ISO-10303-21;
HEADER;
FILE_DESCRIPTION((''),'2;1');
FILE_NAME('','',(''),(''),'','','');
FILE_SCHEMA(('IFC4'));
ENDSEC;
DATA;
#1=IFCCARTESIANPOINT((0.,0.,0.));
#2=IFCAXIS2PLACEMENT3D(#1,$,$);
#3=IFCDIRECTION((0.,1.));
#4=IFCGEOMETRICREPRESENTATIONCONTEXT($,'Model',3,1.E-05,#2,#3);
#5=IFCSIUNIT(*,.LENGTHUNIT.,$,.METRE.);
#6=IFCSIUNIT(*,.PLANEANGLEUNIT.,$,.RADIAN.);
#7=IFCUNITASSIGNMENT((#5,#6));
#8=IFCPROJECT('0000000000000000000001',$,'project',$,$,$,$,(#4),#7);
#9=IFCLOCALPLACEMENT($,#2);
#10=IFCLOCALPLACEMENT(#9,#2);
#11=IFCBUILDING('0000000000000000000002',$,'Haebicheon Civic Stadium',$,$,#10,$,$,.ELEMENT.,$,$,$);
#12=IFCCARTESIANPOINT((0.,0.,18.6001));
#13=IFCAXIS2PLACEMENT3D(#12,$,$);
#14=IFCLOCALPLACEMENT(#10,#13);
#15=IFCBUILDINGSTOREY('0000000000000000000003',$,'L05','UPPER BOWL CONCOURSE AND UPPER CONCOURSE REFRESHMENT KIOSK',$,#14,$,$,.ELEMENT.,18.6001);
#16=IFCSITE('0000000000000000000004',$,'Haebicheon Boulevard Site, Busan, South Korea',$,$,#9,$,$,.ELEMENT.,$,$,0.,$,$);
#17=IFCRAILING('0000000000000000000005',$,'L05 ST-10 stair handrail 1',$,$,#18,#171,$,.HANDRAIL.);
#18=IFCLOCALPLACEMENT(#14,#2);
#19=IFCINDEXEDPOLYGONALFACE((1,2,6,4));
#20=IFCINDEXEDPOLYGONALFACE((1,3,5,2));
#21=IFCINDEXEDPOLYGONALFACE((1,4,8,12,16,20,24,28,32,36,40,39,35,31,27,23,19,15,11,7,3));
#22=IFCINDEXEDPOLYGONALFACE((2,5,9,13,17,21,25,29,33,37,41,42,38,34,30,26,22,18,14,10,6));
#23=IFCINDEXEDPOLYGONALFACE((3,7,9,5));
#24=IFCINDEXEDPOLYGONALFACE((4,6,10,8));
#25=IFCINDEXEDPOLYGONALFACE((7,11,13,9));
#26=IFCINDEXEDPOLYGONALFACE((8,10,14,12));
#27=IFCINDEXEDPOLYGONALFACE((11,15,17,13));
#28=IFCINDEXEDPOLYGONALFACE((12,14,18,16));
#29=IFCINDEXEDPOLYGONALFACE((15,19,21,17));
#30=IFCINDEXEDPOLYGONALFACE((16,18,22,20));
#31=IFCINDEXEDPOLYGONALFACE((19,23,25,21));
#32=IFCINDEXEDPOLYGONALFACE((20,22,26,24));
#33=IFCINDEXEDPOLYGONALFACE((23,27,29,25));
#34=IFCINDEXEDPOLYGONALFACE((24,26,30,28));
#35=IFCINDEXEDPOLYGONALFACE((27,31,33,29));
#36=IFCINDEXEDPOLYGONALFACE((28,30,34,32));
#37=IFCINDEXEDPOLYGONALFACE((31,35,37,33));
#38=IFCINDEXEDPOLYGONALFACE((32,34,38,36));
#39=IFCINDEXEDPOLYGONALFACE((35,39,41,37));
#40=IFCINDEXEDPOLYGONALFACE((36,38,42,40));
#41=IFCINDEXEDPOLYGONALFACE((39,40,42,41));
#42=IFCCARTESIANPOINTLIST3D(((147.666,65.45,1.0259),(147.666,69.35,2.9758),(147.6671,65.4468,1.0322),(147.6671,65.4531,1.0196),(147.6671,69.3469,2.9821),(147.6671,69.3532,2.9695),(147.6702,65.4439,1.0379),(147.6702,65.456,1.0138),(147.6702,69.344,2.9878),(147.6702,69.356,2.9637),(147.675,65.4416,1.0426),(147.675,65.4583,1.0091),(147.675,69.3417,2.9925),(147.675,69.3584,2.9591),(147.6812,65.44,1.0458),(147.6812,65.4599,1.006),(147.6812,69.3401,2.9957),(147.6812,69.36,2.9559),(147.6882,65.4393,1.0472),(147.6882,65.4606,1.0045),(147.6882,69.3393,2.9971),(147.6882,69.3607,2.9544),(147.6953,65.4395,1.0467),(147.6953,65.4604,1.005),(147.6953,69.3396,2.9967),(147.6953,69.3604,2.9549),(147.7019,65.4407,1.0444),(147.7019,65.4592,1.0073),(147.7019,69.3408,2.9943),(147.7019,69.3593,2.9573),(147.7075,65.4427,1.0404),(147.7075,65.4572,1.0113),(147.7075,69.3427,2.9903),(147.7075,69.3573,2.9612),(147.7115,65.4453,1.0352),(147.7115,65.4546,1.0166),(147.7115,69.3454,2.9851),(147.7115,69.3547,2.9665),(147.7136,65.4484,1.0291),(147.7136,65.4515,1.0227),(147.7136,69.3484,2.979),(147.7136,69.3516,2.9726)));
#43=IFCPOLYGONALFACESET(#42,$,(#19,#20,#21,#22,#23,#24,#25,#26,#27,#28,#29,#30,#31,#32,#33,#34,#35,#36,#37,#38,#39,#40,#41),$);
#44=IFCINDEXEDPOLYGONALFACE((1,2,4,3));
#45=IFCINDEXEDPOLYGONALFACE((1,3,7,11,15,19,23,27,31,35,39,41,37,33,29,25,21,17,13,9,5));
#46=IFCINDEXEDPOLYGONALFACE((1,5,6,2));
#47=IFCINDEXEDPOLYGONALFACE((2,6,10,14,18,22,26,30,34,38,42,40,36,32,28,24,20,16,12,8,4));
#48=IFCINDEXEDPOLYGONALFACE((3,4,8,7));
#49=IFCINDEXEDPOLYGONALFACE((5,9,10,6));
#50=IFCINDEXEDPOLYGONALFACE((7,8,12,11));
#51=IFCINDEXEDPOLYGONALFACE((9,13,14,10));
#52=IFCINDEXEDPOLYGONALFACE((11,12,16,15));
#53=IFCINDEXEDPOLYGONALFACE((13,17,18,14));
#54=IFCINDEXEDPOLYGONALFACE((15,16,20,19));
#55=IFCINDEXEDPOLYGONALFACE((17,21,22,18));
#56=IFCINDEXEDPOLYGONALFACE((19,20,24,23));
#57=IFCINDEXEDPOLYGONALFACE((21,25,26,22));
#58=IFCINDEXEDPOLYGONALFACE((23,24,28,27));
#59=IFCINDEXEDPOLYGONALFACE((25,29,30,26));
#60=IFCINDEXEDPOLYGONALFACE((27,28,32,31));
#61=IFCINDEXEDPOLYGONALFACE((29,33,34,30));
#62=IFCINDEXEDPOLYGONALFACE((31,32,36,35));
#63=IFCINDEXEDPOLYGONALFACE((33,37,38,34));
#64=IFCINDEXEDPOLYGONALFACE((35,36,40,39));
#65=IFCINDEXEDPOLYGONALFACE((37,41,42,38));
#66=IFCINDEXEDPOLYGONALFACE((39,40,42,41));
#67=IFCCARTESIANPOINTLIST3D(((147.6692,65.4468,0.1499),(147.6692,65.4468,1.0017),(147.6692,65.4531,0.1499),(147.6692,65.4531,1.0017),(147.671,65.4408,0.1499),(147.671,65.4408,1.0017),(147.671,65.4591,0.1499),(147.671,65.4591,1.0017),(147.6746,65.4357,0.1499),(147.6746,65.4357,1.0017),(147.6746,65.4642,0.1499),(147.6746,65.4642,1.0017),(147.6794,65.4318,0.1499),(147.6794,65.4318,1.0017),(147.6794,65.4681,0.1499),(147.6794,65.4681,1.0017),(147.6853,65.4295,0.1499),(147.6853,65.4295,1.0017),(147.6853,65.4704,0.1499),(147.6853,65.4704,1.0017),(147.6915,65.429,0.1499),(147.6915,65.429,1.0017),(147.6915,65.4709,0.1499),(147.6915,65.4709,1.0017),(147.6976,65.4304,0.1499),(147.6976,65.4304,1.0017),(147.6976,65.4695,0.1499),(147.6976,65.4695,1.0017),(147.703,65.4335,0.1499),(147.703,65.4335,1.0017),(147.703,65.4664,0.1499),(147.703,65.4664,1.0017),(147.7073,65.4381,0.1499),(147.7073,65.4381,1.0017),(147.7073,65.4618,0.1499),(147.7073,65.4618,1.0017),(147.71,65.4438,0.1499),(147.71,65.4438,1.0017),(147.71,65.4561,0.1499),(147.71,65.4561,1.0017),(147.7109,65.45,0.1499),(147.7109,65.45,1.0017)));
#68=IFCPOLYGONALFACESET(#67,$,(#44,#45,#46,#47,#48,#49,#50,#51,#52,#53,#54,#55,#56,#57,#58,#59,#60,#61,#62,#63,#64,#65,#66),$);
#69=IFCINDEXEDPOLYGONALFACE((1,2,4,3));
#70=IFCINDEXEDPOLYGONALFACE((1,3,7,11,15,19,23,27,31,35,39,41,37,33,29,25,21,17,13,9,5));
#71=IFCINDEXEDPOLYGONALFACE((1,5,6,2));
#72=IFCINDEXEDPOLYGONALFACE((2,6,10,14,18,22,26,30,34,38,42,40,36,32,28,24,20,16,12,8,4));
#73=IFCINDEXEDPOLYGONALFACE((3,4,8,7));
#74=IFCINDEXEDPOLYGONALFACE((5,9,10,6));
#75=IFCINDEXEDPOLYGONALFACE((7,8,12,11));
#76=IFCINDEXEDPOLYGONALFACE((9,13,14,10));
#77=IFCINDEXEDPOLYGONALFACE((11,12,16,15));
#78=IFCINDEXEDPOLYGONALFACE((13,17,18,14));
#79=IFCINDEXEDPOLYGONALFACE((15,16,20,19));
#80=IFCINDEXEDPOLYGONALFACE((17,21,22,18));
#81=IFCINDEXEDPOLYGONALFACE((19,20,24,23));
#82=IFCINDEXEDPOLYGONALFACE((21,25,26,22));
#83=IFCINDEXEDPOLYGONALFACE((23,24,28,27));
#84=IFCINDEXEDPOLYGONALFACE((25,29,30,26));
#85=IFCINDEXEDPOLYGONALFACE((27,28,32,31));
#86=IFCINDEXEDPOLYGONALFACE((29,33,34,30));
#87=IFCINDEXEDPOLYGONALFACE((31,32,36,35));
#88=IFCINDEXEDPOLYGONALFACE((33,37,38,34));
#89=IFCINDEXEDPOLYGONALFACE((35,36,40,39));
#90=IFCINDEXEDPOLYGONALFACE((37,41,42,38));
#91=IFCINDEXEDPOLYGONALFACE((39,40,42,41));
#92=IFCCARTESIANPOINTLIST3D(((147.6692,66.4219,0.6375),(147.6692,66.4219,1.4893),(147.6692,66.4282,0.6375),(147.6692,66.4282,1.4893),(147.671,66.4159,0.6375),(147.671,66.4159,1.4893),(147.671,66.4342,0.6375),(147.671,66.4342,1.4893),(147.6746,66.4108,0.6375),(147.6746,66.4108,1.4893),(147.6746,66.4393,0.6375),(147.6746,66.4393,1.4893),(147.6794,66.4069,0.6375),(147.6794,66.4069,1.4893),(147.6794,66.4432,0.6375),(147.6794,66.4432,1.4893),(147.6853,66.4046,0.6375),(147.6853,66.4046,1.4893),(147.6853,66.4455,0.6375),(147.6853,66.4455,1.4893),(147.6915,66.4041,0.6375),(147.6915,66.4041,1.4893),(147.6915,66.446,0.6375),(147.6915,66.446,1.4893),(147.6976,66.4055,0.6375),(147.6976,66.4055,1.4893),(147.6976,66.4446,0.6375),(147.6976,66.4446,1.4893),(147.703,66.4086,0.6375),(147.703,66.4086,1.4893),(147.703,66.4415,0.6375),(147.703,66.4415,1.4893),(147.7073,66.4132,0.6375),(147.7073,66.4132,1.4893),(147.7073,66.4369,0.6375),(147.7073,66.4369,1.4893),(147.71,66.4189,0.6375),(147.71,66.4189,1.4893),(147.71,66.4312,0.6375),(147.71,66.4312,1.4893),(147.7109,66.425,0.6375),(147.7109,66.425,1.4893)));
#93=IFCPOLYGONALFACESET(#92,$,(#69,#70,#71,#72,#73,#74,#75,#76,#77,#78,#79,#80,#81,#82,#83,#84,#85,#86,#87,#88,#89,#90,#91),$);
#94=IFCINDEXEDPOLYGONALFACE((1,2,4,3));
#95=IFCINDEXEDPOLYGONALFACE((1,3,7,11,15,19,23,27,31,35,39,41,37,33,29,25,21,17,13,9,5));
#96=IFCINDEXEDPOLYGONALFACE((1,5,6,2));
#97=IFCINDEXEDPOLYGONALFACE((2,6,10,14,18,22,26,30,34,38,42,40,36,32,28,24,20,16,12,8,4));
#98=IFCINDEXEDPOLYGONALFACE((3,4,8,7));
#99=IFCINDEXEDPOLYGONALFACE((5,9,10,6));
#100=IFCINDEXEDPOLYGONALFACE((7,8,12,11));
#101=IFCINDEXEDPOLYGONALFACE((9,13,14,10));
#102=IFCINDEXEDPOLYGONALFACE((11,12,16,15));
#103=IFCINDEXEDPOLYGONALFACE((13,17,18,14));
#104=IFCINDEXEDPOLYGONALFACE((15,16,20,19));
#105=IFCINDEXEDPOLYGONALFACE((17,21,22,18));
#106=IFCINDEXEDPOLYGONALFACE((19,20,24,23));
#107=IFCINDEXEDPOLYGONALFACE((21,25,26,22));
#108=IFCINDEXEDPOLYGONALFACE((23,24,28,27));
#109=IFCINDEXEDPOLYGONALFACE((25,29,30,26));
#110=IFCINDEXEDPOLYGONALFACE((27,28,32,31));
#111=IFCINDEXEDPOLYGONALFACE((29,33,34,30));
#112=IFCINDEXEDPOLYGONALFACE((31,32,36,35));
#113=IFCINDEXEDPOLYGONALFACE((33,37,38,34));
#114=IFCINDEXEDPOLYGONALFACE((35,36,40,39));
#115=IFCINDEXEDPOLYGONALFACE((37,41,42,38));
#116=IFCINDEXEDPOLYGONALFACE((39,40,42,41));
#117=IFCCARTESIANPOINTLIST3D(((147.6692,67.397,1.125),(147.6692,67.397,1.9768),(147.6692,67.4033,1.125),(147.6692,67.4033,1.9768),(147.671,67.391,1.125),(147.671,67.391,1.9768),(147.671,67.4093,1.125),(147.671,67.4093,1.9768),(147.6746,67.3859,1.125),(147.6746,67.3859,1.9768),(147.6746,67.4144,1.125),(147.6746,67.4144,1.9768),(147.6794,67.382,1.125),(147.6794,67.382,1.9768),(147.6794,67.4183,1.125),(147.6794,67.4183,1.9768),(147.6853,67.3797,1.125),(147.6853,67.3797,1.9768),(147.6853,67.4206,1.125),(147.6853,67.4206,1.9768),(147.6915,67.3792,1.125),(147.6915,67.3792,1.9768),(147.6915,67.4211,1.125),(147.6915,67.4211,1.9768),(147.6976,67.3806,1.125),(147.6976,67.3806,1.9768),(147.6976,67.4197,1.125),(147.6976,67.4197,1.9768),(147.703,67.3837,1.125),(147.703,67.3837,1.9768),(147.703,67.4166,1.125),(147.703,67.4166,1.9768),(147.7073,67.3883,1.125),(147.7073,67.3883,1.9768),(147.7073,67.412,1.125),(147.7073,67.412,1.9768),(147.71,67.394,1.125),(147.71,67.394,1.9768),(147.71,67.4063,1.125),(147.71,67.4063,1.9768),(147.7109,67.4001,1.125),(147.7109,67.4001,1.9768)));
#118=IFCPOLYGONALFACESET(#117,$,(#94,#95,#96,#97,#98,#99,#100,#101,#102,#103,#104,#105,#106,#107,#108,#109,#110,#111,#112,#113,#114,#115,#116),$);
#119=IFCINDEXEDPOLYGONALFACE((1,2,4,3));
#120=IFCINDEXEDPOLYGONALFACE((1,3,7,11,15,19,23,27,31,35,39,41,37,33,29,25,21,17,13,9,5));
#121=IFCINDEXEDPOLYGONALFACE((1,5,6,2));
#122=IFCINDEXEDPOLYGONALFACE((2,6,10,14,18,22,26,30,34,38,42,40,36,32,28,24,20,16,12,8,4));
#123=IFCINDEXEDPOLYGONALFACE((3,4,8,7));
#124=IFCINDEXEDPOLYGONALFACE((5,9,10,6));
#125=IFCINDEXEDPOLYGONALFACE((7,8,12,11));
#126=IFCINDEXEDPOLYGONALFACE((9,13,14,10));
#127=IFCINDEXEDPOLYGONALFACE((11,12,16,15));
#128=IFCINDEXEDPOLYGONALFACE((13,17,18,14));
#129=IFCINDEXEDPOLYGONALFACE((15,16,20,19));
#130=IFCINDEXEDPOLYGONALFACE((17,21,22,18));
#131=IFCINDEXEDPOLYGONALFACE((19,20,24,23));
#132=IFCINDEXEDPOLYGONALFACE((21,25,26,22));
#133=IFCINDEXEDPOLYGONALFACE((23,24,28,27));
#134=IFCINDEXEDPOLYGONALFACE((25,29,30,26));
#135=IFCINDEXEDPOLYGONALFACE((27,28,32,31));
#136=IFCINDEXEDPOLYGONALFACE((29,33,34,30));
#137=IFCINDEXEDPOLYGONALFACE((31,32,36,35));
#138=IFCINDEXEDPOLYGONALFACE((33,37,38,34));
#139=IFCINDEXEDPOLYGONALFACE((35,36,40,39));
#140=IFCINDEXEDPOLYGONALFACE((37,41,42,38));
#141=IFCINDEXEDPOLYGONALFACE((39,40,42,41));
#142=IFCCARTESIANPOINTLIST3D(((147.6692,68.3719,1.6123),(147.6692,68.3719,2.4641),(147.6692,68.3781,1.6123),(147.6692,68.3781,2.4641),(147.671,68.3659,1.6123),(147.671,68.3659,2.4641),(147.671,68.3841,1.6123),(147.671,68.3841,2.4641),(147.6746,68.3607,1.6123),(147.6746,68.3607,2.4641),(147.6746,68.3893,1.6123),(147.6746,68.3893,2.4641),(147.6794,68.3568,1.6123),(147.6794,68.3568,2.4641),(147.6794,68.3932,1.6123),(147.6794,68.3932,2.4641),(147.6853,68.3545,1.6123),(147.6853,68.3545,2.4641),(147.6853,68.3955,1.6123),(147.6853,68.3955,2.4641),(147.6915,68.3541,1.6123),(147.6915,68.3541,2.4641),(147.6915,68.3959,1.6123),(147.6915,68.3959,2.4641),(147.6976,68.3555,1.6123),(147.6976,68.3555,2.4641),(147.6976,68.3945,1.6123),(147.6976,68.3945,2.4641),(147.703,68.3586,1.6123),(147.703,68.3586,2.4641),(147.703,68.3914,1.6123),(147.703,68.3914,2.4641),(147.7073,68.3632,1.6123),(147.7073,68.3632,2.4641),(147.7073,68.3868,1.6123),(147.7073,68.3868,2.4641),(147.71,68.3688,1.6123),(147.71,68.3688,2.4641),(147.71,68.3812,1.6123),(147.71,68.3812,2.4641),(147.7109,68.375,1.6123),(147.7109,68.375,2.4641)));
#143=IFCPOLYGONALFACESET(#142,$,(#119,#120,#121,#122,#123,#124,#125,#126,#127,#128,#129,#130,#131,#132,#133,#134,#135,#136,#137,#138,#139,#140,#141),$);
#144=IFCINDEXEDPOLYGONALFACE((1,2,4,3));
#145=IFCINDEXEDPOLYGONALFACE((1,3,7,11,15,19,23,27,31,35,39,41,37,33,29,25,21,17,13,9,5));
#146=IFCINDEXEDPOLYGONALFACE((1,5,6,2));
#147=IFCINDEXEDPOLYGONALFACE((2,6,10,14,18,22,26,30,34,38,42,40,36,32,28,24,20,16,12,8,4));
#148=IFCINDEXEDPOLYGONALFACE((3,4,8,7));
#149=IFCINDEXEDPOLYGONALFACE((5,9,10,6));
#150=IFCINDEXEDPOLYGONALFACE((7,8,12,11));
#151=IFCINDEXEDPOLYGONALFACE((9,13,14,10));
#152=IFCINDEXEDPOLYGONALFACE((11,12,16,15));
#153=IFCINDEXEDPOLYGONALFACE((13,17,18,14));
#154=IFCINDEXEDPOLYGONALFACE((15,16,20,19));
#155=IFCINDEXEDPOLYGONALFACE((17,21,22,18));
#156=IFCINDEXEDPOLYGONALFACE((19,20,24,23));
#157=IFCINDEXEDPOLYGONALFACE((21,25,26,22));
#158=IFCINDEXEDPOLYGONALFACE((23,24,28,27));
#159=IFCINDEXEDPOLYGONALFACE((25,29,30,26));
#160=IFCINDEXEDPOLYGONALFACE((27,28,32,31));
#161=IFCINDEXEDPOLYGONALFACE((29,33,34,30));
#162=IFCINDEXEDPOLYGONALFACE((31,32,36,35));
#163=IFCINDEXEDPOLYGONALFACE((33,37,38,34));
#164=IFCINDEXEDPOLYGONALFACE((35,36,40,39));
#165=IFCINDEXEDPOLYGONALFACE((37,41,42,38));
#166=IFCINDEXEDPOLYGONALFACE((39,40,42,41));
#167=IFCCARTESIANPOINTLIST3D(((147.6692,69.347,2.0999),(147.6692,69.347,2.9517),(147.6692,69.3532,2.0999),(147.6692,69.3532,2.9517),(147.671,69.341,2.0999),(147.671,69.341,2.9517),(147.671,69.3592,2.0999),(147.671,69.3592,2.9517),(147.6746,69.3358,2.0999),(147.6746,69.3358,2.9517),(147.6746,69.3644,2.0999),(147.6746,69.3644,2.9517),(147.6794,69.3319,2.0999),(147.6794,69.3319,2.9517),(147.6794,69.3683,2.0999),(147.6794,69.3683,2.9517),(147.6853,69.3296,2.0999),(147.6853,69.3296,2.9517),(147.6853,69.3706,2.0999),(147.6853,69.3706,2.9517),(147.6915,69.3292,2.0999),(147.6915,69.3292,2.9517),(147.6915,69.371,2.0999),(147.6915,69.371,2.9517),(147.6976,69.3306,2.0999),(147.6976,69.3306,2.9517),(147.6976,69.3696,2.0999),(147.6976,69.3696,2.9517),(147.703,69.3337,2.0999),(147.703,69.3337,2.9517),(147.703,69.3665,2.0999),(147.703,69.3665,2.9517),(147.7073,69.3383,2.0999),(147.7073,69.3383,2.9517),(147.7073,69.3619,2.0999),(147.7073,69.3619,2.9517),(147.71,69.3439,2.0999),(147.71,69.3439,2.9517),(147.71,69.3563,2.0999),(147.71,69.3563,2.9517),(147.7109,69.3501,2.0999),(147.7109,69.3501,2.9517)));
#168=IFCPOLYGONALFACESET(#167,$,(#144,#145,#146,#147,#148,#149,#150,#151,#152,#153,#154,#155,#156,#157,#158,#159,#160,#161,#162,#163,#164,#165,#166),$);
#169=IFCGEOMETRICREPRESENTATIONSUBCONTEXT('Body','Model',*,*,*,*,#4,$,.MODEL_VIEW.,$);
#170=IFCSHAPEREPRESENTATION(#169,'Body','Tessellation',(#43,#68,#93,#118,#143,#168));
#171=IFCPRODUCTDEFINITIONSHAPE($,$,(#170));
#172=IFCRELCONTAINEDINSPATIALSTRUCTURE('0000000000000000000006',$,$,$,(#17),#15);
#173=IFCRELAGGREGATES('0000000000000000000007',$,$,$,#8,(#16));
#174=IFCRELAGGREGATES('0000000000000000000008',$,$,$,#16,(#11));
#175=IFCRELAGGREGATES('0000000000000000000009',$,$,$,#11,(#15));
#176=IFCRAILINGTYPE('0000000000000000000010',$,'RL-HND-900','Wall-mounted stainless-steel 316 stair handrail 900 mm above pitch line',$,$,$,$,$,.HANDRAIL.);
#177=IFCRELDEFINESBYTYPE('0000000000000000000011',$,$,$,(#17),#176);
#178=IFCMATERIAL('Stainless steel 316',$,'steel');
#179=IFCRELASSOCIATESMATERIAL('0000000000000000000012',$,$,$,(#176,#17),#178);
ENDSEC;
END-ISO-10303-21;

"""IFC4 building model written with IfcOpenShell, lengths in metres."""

from ifc_helpers import new_model, si_unit, direction, frame, origin, origin_2d, place, context, subcontext, project, spatial, circle, extrude, material, type_object, element, save


model = new_model("IFC4")

# Units and contexts
model_context = context("Model", 3, precision=1e-05, world=origin(), true_north=direction((0.0, 1.0)))
body_context = subcontext(model_context, "Body", "Model", "MODEL_VIEW")
ifc_project = project(units=[si_unit("LENGTHUNIT", "METRE"), si_unit("PLANEANGLEUNIT", "RADIAN")], contexts=[model_context])

# Site, building, storey
site_placement = place(None, origin())
site = spatial("IfcSite", under=ifc_project, at=site_placement, Name="Haebicheon Boulevard Site, Busan, South Korea", CompositionType="ELEMENT", RefElevation=0.0)
building_placement = place(site_placement, origin())
building = spatial("IfcBuilding", under=site, at=building_placement, Name="Haebicheon Civic Stadium", CompositionType="ELEMENT")
storey_placement = place(building_placement, frame((0.0, 0.0, 18.6001)))
storey = spatial("IfcBuildingStorey", under=building, at=storey_placement, Name="L05", Description="UPPER BOWL CONCOURSE AND UPPER CONCOURSE REFRESHMENT KIOSK", CompositionType="ELEMENT", Elevation=18.6001)

# Railing
ifc_material_1 = material(Name="Stainless steel 316", Category="steel")
railing_type_1 = type_object("IfcRailingType", Name="RL-HND-900", Description="Wall-mounted stainless-steel 316 stair handrail 900 mm above pitch line", PredefinedType="HANDRAIL", material=ifc_material_1)
railing_1_placement = place(storey_placement, frame((147.6899, 65.45, 0.1499)))
element("IfcRailing", 1, at=railing_1_placement, inside=storey, type_object=railing_type_1, material=ifc_material_1, Name="L05 ST-10 stair handrail 1", PredefinedType="HANDRAIL", context=body_context, shape_type="SweptSolid", body=[
    extrude(circle(Radius=0.0239, at=origin_2d()), frame((0.0, 0.0, 0.876), z_axis=(0.0, 0.894438, 0.447191), x_axis=(-1.0, 0.0, 0.0)), (0.0, 0.0, 1.0), 4.3604),
    extrude(circle(Radius=0.021, at=origin_2d()), origin(), (0.0, 0.0, 1.0), 0.8518),
    extrude(circle(Radius=0.021, at=origin_2d()), frame((0.0, 0.9751, 0.4875)), (0.0, 0.0, 1.0), 0.8518),
    extrude(circle(Radius=0.021, at=origin_2d()), frame((0.0, 1.9502, 0.9751)), (0.0, 0.0, 1.0), 0.8518),
    extrude(circle(Radius=0.021, at=origin_2d()), frame((0.0, 2.925, 1.4624)), (0.0, 0.0, 1.0), 0.8518),
    extrude(circle(Radius=0.021, at=origin_2d()), frame((0.0, 3.9001, 1.95)), (0.0, 0.0, 1.0), 0.8518),
])

save(model, "model.ifc")
